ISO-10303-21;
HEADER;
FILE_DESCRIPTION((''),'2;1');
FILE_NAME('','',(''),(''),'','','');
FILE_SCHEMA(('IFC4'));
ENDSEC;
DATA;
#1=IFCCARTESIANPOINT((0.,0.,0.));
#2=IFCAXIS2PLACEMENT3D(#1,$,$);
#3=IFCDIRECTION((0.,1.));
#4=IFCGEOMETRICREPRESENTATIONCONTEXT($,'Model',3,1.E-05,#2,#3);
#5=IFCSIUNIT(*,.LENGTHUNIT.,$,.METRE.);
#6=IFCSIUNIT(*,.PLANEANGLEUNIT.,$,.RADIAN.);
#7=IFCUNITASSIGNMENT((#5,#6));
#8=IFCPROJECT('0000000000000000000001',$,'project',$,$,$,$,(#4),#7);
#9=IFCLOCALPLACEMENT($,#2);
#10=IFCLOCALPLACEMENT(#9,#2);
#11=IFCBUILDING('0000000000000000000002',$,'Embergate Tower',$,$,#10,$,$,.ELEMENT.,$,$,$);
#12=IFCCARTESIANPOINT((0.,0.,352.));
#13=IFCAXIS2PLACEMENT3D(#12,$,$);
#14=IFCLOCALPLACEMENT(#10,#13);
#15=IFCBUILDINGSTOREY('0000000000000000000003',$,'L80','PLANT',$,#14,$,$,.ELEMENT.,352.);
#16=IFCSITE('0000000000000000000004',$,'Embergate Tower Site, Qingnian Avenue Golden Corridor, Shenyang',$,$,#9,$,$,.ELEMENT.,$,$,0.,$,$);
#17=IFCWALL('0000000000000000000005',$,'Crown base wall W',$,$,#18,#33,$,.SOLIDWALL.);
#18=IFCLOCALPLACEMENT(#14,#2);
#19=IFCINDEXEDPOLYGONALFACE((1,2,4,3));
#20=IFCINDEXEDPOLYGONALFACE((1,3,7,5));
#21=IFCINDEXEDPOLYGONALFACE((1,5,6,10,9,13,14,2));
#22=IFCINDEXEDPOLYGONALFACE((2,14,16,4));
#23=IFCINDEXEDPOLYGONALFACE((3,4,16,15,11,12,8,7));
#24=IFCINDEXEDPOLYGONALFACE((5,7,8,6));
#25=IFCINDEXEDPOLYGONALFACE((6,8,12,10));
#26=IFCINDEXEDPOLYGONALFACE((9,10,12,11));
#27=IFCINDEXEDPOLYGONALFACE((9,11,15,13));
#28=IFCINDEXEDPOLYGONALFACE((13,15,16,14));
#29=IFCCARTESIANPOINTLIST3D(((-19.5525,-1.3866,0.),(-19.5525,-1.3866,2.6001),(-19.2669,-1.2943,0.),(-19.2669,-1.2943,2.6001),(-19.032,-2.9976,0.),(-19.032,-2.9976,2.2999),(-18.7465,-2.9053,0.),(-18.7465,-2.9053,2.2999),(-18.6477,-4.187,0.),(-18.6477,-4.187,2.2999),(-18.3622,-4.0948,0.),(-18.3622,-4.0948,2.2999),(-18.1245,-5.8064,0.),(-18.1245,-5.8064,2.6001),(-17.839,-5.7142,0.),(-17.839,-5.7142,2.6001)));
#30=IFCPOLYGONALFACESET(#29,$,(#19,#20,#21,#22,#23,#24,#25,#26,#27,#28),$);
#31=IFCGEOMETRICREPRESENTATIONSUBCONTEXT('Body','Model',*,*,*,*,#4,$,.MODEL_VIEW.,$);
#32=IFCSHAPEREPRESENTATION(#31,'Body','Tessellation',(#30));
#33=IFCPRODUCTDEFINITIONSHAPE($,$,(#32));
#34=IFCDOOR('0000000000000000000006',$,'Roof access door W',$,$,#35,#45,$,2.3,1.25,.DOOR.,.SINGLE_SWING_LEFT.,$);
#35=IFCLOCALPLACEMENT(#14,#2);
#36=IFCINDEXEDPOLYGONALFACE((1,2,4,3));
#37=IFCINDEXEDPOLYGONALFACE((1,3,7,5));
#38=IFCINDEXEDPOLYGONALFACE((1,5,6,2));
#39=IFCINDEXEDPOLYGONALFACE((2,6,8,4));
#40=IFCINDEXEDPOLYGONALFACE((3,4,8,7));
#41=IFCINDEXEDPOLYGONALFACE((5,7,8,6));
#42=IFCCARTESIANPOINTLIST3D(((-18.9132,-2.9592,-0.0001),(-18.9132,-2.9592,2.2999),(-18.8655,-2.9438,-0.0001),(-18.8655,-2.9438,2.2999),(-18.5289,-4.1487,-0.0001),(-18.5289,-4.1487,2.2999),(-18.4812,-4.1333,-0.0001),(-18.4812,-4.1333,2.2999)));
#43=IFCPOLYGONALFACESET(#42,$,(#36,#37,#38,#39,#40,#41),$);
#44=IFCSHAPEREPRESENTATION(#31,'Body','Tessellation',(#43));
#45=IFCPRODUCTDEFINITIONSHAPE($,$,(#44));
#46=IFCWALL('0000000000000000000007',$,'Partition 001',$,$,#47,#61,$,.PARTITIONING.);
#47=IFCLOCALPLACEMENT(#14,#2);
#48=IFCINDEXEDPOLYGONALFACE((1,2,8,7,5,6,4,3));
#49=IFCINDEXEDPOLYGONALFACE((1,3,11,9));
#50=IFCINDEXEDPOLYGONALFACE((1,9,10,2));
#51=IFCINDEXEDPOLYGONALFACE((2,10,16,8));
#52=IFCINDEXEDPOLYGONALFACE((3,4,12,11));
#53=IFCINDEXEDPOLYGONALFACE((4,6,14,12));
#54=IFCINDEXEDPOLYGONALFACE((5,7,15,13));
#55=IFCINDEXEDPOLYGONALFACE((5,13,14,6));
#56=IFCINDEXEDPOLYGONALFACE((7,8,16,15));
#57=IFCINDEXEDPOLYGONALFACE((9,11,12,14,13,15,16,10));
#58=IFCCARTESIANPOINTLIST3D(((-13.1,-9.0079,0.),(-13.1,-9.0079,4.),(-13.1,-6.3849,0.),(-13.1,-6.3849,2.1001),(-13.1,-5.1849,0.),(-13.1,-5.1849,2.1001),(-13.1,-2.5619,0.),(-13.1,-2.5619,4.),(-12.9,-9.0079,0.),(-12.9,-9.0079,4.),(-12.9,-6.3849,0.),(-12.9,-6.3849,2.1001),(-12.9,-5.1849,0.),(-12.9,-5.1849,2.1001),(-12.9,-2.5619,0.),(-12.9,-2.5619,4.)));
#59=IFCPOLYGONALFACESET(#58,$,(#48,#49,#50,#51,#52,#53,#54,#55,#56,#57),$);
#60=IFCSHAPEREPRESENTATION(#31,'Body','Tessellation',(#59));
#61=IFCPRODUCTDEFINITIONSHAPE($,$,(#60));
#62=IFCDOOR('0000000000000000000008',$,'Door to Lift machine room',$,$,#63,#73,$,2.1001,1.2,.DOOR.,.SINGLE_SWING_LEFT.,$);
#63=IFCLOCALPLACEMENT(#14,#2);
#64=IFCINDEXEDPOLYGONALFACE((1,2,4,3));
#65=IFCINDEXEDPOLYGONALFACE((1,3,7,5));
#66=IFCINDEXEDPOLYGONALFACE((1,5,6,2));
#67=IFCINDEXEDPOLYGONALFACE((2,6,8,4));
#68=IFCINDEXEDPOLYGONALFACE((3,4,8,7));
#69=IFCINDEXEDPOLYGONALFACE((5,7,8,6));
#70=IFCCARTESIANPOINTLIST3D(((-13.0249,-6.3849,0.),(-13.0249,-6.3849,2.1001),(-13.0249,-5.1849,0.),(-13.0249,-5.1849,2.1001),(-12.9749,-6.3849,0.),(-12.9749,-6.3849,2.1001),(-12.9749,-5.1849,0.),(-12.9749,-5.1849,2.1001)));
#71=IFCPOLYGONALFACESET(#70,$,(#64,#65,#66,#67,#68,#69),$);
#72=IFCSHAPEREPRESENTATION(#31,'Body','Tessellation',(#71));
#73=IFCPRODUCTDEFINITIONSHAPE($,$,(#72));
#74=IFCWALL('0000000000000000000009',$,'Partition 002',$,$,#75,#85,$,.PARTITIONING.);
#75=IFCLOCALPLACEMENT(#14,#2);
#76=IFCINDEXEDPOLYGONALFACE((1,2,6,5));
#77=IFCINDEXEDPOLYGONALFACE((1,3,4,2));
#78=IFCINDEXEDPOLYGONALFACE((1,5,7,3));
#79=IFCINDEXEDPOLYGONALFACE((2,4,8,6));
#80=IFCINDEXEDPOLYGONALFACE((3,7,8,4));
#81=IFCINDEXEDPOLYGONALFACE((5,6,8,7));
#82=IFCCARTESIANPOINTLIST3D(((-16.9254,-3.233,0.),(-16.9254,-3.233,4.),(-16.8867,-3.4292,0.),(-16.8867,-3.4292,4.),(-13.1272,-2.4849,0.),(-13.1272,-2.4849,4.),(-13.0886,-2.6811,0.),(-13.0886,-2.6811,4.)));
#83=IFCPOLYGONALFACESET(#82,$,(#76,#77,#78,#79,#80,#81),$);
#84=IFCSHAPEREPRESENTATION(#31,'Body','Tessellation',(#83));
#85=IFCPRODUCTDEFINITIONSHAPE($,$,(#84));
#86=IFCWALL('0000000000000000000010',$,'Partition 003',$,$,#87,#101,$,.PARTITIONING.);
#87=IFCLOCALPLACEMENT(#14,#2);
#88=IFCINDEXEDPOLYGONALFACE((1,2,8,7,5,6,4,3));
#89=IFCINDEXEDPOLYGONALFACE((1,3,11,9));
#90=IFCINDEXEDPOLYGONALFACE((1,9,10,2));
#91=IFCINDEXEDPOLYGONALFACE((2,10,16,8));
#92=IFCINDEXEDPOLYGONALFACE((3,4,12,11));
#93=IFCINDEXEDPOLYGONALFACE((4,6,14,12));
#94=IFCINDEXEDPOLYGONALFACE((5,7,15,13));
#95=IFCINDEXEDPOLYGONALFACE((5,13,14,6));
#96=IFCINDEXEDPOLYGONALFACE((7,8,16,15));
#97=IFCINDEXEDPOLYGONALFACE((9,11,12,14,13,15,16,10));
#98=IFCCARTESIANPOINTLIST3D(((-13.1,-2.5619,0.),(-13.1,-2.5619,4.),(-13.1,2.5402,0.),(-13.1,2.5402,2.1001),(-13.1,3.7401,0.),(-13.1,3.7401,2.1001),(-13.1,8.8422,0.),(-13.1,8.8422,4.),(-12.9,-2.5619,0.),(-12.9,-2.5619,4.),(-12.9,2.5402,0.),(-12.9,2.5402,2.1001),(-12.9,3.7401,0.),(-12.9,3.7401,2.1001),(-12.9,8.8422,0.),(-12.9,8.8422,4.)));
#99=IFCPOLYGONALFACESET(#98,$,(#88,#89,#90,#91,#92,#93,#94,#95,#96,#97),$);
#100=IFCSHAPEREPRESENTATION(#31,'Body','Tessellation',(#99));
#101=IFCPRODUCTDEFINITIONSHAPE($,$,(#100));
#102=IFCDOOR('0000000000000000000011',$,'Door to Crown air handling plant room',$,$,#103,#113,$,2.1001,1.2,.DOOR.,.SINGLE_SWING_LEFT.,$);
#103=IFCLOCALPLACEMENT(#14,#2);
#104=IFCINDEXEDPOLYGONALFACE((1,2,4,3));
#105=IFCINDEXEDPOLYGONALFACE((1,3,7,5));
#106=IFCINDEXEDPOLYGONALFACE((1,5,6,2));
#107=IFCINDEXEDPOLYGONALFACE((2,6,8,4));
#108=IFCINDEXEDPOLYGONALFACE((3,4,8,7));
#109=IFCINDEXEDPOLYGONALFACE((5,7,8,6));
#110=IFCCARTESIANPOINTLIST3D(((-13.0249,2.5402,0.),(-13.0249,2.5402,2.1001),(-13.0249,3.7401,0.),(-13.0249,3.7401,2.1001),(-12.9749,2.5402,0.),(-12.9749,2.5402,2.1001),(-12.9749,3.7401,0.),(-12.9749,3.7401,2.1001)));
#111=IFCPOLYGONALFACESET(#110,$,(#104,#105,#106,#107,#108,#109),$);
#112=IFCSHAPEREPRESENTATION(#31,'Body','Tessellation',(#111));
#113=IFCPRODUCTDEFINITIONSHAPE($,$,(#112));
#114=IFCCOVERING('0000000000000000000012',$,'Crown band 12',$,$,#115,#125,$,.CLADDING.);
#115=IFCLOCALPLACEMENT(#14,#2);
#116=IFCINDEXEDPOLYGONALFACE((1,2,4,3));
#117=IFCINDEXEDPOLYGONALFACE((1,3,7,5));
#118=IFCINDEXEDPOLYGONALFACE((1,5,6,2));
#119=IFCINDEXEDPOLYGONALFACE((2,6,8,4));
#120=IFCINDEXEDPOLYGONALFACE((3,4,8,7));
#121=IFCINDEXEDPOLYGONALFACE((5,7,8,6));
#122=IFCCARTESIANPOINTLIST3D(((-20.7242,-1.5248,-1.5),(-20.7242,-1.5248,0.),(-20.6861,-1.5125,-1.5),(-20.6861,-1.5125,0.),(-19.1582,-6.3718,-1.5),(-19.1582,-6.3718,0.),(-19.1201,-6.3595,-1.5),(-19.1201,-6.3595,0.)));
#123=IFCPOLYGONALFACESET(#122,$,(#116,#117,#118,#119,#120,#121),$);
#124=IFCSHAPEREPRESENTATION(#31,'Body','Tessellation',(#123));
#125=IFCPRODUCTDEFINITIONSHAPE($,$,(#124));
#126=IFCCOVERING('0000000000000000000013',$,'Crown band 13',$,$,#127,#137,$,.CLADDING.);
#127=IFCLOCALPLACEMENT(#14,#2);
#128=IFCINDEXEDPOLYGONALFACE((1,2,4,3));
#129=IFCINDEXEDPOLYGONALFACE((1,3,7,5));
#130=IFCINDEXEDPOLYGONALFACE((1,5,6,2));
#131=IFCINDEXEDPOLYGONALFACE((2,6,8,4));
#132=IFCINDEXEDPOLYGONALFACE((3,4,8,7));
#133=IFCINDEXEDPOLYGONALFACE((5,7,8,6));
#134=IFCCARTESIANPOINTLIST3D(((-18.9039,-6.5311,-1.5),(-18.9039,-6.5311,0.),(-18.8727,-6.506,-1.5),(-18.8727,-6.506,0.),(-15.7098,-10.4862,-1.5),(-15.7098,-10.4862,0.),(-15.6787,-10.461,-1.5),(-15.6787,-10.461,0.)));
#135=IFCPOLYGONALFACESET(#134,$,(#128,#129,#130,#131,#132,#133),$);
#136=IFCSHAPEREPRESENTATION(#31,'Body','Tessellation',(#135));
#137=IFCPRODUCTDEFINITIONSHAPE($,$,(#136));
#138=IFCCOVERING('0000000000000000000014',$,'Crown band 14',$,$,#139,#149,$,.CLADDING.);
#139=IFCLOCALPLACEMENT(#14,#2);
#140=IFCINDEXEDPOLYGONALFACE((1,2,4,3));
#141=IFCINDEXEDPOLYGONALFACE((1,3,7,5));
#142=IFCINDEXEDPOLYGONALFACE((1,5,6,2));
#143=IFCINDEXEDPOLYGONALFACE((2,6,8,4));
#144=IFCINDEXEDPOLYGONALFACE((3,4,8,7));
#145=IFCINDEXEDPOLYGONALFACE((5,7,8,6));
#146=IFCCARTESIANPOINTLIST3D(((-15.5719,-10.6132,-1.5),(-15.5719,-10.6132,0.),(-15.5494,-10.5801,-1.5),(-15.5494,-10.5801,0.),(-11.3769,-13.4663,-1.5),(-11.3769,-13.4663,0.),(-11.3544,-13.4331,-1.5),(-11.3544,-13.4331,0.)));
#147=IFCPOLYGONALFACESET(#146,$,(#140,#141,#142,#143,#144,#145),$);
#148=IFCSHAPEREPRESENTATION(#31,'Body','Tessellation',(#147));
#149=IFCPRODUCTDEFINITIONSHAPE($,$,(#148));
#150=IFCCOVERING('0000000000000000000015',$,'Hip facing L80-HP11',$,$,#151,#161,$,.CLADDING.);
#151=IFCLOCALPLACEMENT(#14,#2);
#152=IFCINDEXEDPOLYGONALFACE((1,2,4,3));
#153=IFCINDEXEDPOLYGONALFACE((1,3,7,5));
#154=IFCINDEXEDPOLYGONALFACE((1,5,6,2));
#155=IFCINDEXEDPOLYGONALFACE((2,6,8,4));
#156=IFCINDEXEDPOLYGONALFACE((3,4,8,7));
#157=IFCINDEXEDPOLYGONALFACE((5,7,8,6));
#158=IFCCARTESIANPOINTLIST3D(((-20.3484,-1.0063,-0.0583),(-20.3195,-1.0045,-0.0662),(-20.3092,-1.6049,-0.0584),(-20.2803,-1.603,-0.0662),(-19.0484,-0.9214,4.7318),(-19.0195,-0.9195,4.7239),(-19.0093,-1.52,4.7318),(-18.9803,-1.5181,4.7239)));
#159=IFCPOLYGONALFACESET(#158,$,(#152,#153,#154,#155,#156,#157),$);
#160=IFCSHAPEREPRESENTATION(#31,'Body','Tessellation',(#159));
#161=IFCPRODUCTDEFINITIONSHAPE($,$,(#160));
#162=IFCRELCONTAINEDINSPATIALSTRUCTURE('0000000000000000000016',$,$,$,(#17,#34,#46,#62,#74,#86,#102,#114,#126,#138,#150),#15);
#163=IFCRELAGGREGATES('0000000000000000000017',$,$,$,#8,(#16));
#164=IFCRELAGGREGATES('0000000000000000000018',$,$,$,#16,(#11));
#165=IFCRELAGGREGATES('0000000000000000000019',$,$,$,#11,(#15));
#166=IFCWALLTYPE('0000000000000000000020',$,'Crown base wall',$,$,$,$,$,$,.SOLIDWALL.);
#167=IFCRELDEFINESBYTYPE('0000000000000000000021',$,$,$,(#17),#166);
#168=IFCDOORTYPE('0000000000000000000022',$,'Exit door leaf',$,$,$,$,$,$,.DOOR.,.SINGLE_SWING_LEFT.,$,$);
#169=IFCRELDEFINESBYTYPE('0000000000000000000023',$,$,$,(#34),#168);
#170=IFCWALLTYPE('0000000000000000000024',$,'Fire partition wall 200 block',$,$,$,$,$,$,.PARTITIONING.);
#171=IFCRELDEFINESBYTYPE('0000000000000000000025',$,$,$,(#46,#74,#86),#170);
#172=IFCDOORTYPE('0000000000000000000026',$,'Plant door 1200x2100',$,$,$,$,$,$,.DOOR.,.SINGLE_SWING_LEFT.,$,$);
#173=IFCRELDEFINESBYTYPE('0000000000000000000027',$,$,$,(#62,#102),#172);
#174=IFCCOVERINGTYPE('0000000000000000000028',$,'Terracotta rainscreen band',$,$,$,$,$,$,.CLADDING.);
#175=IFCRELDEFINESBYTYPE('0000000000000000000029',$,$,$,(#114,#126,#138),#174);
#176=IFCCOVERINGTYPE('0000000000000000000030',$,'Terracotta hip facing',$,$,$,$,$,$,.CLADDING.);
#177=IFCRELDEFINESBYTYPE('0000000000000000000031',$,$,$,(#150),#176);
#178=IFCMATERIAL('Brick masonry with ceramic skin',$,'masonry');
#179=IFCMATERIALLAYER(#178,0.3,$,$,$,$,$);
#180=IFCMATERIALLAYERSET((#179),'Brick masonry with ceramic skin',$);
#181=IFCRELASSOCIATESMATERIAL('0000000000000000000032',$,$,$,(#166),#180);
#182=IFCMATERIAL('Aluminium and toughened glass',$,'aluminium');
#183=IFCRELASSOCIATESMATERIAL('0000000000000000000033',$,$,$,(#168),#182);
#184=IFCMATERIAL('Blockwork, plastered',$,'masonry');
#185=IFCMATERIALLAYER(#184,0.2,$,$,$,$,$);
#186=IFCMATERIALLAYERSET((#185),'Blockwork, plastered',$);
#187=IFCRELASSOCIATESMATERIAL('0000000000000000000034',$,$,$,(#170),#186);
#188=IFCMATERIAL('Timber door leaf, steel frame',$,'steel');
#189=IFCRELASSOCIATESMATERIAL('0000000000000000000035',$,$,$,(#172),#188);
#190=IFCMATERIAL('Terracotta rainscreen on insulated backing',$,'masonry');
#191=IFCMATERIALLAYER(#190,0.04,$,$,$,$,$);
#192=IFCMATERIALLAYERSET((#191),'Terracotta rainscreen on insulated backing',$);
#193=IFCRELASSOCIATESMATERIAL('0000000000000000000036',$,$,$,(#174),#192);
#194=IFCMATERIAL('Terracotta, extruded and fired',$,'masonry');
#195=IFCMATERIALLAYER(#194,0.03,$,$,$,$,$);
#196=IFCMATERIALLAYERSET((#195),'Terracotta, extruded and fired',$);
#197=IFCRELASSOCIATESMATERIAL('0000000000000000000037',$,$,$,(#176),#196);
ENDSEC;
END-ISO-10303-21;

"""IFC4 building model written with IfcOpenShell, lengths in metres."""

from ifc_helpers import new_model, si_unit, direction, frame, frame_2d, origin, origin_2d, place, context, subcontext, project, spatial, polyline, rectangle, outline, extrude, source, transform, mapped, material, layer, layer_set, type_object, element, fill, save


model = new_model("IFC4")

# Units and contexts
model_context = context("Model", 3, precision=1e-05, world=origin(), true_north=direction((0.0, 1.0)))
body_context = subcontext(model_context, "Body", "Model", "MODEL_VIEW")
ifc_project = project(units=[si_unit("LENGTHUNIT", "METRE"), si_unit("PLANEANGLEUNIT", "RADIAN")], contexts=[model_context])

# Site, building, storey
site_placement = place(None, origin())
site = spatial("IfcSite", under=ifc_project, at=site_placement, Name="Embergate Tower Site, Qingnian Avenue Golden Corridor, Shenyang", CompositionType="ELEMENT", RefElevation=0.0)
building_placement = place(site_placement, origin())
building = spatial("IfcBuilding", under=site, at=building_placement, Name="Embergate Tower", CompositionType="ELEMENT")
storey_placement = place(building_placement, frame((0.0, 0.0, 352.0)))
storey = spatial("IfcBuildingStorey", under=building, at=storey_placement, Name="L80", Description="PLANT", CompositionType="ELEMENT", Elevation=352.0)

# Walls, openings, doors
ifc_material_1 = material(Name="Brick masonry with ceramic skin", Category="masonry")
ifc_layer_1 = layer(ifc_material_1, 0.3)
ifc_layer_set_1 = layer_set([ifc_layer_1], Name="Brick masonry with ceramic skin")
wall_type_1 = type_object("IfcWallType", Name="Crown base wall", PredefinedType="SOLIDWALL", material=ifc_layer_set_1)
shared_shape_1 = source(origin(), body_context, "Body", "SweptSolid", [
    extrude(rectangle(XDim=4.6448, YDim=0.3, at=frame_2d((2.3223, 0.0))), origin(), (0.0, 0.0, 1.0), 2.6001),
])
wall_1_placement = place(storey_placement, frame((-19.4097, -1.3406, 0.0), z_axis=(0.0, 0.0, 1.0), x_axis=(0.307431, -0.95157, 0.0)))
wall_1 = element("IfcWall", 1, at=wall_1_placement, inside=storey, type_object=wall_type_1, Name="Crown base wall W", PredefinedType="SOLIDWALL", context=body_context, shape_type="MappedRepresentation", body=[
    mapped(shared_shape_1, transform((0.0, 0.0, 0.0))),
])
shared_shape_2 = source(origin(), body_context, "Body", "SweptSolid", [
    extrude(rectangle(XDim=1.25, YDim=2.3, at=frame_2d((0.625, 1.1499))), frame((0.0, 0.1599, 0.0), z_axis=(0.0, -1.0, 0.0), x_axis=(1.0, 0.0, 0.0)), (0.0, 0.0, 1.0), 0.3201),
])
opening_1_placement = place(wall_1_placement, frame((1.6929, 0.0, 0.0)))
opening_1 = element("IfcOpeningElement", 2, at=opening_1_placement, cuts=wall_1, PredefinedType="OPENING", context=body_context, shape_type="MappedRepresentation", body=[
    mapped(shared_shape_2, transform((0.0, 0.0, 0.0))),
])
ifc_material_2 = material(Name="Aluminium and toughened glass", Category="aluminium")
door_type_1 = type_object("IfcDoorType", Name="Exit door leaf", OperationType="SINGLE_SWING_LEFT", PredefinedType="DOOR", material=ifc_material_2)
shared_shape_3 = source(origin(), body_context, "Body", "SweptSolid", [
    extrude(rectangle(XDim=1.25, YDim=2.3, at=frame_2d((0.625, 1.1499))), frame((0.0, 0.0249, 0.0), z_axis=(0.0, -1.0, 0.0), x_axis=(1.0, 0.0, 0.0)), (0.0, 0.0, 1.0), 0.05),
])
door_1_placement = place(opening_1_placement, origin())
door_1 = element("IfcDoor", 3, at=door_1_placement, inside=storey, type_object=door_type_1, Name="Roof access door W", OperationType="SINGLE_SWING_LEFT", OverallHeight=2.3, OverallWidth=1.25, PredefinedType="DOOR", context=body_context, shape_type="MappedRepresentation", body=[
    mapped(shared_shape_3, transform((0.0, 0.0, 0.0))),
])
fill(opening_1, door_1)
ifc_material_3 = material(Name="Blockwork, plastered", Category="masonry")
ifc_layer_2 = layer(ifc_material_3, 0.2)
ifc_layer_set_2 = layer_set([ifc_layer_2], Name="Blockwork, plastered")
wall_type_2 = type_object("IfcWallType", Name="Fire partition wall 200 block", PredefinedType="PARTITIONING", material=ifc_layer_set_2)
shared_shape_4 = source(origin(), body_context, "Body", "SweptSolid", [
    extrude(rectangle(XDim=6.446, YDim=0.2, at=frame_2d((3.2231, 0.0))), origin(), (0.0, 0.0, 1.0), 4.0),
])
wall_2_placement = place(storey_placement, frame((-13.0, -9.0081, 0.0), z_axis=(0.0, 0.0, 1.0), x_axis=(0.0, 1.0, 0.0)))
wall_2 = element("IfcWall", 4, at=wall_2_placement, inside=storey, type_object=wall_type_2, Name="Partition 001", PredefinedType="PARTITIONING", context=body_context, shape_type="MappedRepresentation", body=[
    mapped(shared_shape_4, transform((0.0, 0.0, 0.0))),
])
shared_shape_5 = source(origin(), body_context, "Body", "SweptSolid", [
    extrude(rectangle(XDim=1.2, YDim=2.1001, at=frame_2d((0.6001, 1.05))), frame((0.0, 0.1099, 0.0), z_axis=(0.0, -1.0, 0.0), x_axis=(1.0, 0.0, 0.0)), (0.0, 0.0, 1.0), 0.22),
])
opening_2_placement = place(wall_2_placement, frame((2.623, 0.0, 0.0)))
opening_2 = element("IfcOpeningElement", 5, at=opening_2_placement, cuts=wall_2, PredefinedType="OPENING", context=body_context, shape_type="MappedRepresentation", body=[
    mapped(shared_shape_5, transform((0.0, 0.0, 0.0))),
])
ifc_material_4 = material(Name="Timber door leaf, steel frame", Category="steel")
door_type_2 = type_object("IfcDoorType", Name="Plant door 1200x2100", OperationType="SINGLE_SWING_LEFT", PredefinedType="DOOR", material=ifc_material_4)
shared_shape_6 = source(origin(), body_context, "Body", "SweptSolid", [
    extrude(rectangle(XDim=1.2, YDim=2.1001, at=frame_2d((0.6001, 1.05))), frame((0.0, 0.0249, 0.0), z_axis=(0.0, -1.0, 0.0), x_axis=(1.0, 0.0, 0.0)), (0.0, 0.0, 1.0), 0.05),
])
door_2_placement = place(opening_2_placement, origin())
door_2 = element("IfcDoor", 6, at=door_2_placement, inside=storey, type_object=door_type_2, Name="Door to Lift machine room", OperationType="SINGLE_SWING_LEFT", OverallHeight=2.1001, OverallWidth=1.2, PredefinedType="DOOR", context=body_context, shape_type="MappedRepresentation", body=[
    mapped(shared_shape_6, transform((0.0, 0.0, 0.0))),
])
fill(opening_2, door_2)

# Wall
shared_shape_7 = source(origin(), body_context, "Body", "SweptSolid", [
    extrude(rectangle(XDim=3.8711, YDim=0.2, at=frame_2d((1.9355, 0.0))), origin(), (0.0, 0.0, 1.0), 4.0),
])
wall_3_placement = place(storey_placement, frame((-13.1079, -2.583, 0.0), z_axis=(0.0, 0.0, 1.0), x_axis=(-0.981151, -0.193241, 0.0)))
element("IfcWall", 7, at=wall_3_placement, inside=storey, type_object=wall_type_2, Name="Partition 002", PredefinedType="PARTITIONING", context=body_context, shape_type="MappedRepresentation", body=[
    mapped(shared_shape_7, transform((0.0, 0.0, 0.0))),
])

# Wall, opening, door
shared_shape_8 = source(origin(), body_context, "Body", "SweptSolid", [
    extrude(rectangle(XDim=11.4041, YDim=0.2, at=frame_2d((5.7021, 0.0))), origin(), (0.0, 0.0, 1.0), 4.0),
])
wall_4_placement = place(storey_placement, frame((-13.0, -2.562, 0.0), z_axis=(0.0, 0.0, 1.0), x_axis=(0.0, 1.0, 0.0)))
wall_4 = element("IfcWall", 8, at=wall_4_placement, inside=storey, type_object=wall_type_2, Name="Partition 003", PredefinedType="PARTITIONING", context=body_context, shape_type="MappedRepresentation", body=[
    mapped(shared_shape_8, transform((0.0, 0.0, 0.0))),
])
opening_3_placement = place(wall_4_placement, frame((5.1021, 0.0, 0.0)))
opening_3 = element("IfcOpeningElement", 9, at=opening_3_placement, cuts=wall_4, PredefinedType="OPENING", context=body_context, shape_type="MappedRepresentation", body=[
    mapped(shared_shape_5, transform((0.0, 0.0, 0.0))),
])
door_3_placement = place(opening_3_placement, origin())
door_3 = element("IfcDoor", 10, at=door_3_placement, inside=storey, type_object=door_type_2, Name="Door to Crown air handling plant room", OperationType="SINGLE_SWING_LEFT", OverallHeight=2.1001, OverallWidth=1.2, PredefinedType="DOOR", context=body_context, shape_type="MappedRepresentation", body=[
    mapped(shared_shape_6, transform((0.0, 0.0, 0.0))),
])
fill(opening_3, door_3)

# Coverings
ifc_material_5 = material(Name="Terracotta rainscreen on insulated backing", Category="masonry")
ifc_layer_3 = layer(ifc_material_5, 0.04)
ifc_layer_set_3 = layer_set([ifc_layer_3], Name="Terracotta rainscreen on insulated backing")
covering_type_1 = type_object("IfcCoveringType", Name="Terracotta rainscreen band", PredefinedType="CLADDING", material=ifc_layer_set_3)
shared_shape_9 = source(origin(), body_context, "Body", "SweptSolid", [
    extrude(rectangle(XDim=5.0938, YDim=0.04, at=origin_2d()), origin(), (0.0, 0.0, 1.0), 1.5),
])
covering_1_placement = place(storey_placement, frame((-19.9221, -3.9421, -1.5), z_axis=(0.0, 0.0, 1.0), x_axis=(0.307438, -0.951568, 0.0)))
element("IfcCovering", 11, at=covering_1_placement, inside=storey, type_object=covering_type_1, Name="Crown band 12", PredefinedType="CLADDING", context=body_context, shape_type="MappedRepresentation", body=[
    mapped(shared_shape_9, transform((0.0, 0.0, 0.0))),
])
shared_shape_10 = source(origin(), body_context, "Body", "SweptSolid", [
    extrude(rectangle(XDim=5.0837, YDim=0.04, at=origin_2d()), origin(), (0.0, 0.0, 1.0), 1.5),
])
covering_2_placement = place(storey_placement, frame((-17.2913, -8.4961, -1.5), z_axis=(0.0, 0.0, 1.0), x_axis=(0.628286, -0.777982, 0.0)))
element("IfcCovering", 12, at=covering_2_placement, inside=storey, type_object=covering_type_1, Name="Crown band 13", PredefinedType="CLADDING", context=body_context, shape_type="MappedRepresentation", body=[
    mapped(shared_shape_10, transform((0.0, 0.0, 0.0))),
])
shared_shape_11 = source(origin(), body_context, "Body", "SweptSolid", [
    extrude(rectangle(XDim=5.0732, YDim=0.04, at=origin_2d()), origin(), (0.0, 0.0, 1.0), 1.5),
])
covering_3_placement = place(storey_placement, frame((-13.4631, -12.0232, -1.5), z_axis=(0.0, 0.0, 1.0), x_axis=(0.82689, -0.562363, 0.0)))
element("IfcCovering", 13, at=covering_3_placement, inside=storey, type_object=covering_type_1, Name="Crown band 14", PredefinedType="CLADDING", context=body_context, shape_type="MappedRepresentation", body=[
    mapped(shared_shape_11, transform((0.0, 0.0, 0.0))),
])
ifc_material_6 = material(Name="Terracotta, extruded and fired", Category="masonry")
ifc_layer_4 = layer(ifc_material_6, 0.03)
ifc_layer_set_4 = layer_set([ifc_layer_4], Name="Terracotta, extruded and fired")
covering_type_2 = type_object("IfcCoveringType", Name="Terracotta hip facing", PredefinedType="CLADDING", material=ifc_layer_set_4)
shared_shape_12 = source(origin(), body_context, "Body", "SweptSolid", [
    extrude(outline(polyline([(0.0, 0.0), (4.9641, 0.0), (4.9641, -0.5999), (0.0, -0.5999), (0.0, 0.0)])), origin(), (0.0, 0.0, -1.0), 0.03),
])
covering_4_placement = place(storey_placement, frame((-20.3484, -1.0063, -0.0583), z_axis=(-0.962891, -0.063028, 0.262428), x_axis=(0.26187, 0.017114, 0.964951)))
element("IfcCovering", 14, at=covering_4_placement, inside=storey, type_object=covering_type_2, Name="Hip facing L80-HP11", PredefinedType="CLADDING", context=body_context, shape_type="MappedRepresentation", body=[
    mapped(shared_shape_12, transform((0.0, 0.0, 0.0))),
])

save(model, "model.ifc")
